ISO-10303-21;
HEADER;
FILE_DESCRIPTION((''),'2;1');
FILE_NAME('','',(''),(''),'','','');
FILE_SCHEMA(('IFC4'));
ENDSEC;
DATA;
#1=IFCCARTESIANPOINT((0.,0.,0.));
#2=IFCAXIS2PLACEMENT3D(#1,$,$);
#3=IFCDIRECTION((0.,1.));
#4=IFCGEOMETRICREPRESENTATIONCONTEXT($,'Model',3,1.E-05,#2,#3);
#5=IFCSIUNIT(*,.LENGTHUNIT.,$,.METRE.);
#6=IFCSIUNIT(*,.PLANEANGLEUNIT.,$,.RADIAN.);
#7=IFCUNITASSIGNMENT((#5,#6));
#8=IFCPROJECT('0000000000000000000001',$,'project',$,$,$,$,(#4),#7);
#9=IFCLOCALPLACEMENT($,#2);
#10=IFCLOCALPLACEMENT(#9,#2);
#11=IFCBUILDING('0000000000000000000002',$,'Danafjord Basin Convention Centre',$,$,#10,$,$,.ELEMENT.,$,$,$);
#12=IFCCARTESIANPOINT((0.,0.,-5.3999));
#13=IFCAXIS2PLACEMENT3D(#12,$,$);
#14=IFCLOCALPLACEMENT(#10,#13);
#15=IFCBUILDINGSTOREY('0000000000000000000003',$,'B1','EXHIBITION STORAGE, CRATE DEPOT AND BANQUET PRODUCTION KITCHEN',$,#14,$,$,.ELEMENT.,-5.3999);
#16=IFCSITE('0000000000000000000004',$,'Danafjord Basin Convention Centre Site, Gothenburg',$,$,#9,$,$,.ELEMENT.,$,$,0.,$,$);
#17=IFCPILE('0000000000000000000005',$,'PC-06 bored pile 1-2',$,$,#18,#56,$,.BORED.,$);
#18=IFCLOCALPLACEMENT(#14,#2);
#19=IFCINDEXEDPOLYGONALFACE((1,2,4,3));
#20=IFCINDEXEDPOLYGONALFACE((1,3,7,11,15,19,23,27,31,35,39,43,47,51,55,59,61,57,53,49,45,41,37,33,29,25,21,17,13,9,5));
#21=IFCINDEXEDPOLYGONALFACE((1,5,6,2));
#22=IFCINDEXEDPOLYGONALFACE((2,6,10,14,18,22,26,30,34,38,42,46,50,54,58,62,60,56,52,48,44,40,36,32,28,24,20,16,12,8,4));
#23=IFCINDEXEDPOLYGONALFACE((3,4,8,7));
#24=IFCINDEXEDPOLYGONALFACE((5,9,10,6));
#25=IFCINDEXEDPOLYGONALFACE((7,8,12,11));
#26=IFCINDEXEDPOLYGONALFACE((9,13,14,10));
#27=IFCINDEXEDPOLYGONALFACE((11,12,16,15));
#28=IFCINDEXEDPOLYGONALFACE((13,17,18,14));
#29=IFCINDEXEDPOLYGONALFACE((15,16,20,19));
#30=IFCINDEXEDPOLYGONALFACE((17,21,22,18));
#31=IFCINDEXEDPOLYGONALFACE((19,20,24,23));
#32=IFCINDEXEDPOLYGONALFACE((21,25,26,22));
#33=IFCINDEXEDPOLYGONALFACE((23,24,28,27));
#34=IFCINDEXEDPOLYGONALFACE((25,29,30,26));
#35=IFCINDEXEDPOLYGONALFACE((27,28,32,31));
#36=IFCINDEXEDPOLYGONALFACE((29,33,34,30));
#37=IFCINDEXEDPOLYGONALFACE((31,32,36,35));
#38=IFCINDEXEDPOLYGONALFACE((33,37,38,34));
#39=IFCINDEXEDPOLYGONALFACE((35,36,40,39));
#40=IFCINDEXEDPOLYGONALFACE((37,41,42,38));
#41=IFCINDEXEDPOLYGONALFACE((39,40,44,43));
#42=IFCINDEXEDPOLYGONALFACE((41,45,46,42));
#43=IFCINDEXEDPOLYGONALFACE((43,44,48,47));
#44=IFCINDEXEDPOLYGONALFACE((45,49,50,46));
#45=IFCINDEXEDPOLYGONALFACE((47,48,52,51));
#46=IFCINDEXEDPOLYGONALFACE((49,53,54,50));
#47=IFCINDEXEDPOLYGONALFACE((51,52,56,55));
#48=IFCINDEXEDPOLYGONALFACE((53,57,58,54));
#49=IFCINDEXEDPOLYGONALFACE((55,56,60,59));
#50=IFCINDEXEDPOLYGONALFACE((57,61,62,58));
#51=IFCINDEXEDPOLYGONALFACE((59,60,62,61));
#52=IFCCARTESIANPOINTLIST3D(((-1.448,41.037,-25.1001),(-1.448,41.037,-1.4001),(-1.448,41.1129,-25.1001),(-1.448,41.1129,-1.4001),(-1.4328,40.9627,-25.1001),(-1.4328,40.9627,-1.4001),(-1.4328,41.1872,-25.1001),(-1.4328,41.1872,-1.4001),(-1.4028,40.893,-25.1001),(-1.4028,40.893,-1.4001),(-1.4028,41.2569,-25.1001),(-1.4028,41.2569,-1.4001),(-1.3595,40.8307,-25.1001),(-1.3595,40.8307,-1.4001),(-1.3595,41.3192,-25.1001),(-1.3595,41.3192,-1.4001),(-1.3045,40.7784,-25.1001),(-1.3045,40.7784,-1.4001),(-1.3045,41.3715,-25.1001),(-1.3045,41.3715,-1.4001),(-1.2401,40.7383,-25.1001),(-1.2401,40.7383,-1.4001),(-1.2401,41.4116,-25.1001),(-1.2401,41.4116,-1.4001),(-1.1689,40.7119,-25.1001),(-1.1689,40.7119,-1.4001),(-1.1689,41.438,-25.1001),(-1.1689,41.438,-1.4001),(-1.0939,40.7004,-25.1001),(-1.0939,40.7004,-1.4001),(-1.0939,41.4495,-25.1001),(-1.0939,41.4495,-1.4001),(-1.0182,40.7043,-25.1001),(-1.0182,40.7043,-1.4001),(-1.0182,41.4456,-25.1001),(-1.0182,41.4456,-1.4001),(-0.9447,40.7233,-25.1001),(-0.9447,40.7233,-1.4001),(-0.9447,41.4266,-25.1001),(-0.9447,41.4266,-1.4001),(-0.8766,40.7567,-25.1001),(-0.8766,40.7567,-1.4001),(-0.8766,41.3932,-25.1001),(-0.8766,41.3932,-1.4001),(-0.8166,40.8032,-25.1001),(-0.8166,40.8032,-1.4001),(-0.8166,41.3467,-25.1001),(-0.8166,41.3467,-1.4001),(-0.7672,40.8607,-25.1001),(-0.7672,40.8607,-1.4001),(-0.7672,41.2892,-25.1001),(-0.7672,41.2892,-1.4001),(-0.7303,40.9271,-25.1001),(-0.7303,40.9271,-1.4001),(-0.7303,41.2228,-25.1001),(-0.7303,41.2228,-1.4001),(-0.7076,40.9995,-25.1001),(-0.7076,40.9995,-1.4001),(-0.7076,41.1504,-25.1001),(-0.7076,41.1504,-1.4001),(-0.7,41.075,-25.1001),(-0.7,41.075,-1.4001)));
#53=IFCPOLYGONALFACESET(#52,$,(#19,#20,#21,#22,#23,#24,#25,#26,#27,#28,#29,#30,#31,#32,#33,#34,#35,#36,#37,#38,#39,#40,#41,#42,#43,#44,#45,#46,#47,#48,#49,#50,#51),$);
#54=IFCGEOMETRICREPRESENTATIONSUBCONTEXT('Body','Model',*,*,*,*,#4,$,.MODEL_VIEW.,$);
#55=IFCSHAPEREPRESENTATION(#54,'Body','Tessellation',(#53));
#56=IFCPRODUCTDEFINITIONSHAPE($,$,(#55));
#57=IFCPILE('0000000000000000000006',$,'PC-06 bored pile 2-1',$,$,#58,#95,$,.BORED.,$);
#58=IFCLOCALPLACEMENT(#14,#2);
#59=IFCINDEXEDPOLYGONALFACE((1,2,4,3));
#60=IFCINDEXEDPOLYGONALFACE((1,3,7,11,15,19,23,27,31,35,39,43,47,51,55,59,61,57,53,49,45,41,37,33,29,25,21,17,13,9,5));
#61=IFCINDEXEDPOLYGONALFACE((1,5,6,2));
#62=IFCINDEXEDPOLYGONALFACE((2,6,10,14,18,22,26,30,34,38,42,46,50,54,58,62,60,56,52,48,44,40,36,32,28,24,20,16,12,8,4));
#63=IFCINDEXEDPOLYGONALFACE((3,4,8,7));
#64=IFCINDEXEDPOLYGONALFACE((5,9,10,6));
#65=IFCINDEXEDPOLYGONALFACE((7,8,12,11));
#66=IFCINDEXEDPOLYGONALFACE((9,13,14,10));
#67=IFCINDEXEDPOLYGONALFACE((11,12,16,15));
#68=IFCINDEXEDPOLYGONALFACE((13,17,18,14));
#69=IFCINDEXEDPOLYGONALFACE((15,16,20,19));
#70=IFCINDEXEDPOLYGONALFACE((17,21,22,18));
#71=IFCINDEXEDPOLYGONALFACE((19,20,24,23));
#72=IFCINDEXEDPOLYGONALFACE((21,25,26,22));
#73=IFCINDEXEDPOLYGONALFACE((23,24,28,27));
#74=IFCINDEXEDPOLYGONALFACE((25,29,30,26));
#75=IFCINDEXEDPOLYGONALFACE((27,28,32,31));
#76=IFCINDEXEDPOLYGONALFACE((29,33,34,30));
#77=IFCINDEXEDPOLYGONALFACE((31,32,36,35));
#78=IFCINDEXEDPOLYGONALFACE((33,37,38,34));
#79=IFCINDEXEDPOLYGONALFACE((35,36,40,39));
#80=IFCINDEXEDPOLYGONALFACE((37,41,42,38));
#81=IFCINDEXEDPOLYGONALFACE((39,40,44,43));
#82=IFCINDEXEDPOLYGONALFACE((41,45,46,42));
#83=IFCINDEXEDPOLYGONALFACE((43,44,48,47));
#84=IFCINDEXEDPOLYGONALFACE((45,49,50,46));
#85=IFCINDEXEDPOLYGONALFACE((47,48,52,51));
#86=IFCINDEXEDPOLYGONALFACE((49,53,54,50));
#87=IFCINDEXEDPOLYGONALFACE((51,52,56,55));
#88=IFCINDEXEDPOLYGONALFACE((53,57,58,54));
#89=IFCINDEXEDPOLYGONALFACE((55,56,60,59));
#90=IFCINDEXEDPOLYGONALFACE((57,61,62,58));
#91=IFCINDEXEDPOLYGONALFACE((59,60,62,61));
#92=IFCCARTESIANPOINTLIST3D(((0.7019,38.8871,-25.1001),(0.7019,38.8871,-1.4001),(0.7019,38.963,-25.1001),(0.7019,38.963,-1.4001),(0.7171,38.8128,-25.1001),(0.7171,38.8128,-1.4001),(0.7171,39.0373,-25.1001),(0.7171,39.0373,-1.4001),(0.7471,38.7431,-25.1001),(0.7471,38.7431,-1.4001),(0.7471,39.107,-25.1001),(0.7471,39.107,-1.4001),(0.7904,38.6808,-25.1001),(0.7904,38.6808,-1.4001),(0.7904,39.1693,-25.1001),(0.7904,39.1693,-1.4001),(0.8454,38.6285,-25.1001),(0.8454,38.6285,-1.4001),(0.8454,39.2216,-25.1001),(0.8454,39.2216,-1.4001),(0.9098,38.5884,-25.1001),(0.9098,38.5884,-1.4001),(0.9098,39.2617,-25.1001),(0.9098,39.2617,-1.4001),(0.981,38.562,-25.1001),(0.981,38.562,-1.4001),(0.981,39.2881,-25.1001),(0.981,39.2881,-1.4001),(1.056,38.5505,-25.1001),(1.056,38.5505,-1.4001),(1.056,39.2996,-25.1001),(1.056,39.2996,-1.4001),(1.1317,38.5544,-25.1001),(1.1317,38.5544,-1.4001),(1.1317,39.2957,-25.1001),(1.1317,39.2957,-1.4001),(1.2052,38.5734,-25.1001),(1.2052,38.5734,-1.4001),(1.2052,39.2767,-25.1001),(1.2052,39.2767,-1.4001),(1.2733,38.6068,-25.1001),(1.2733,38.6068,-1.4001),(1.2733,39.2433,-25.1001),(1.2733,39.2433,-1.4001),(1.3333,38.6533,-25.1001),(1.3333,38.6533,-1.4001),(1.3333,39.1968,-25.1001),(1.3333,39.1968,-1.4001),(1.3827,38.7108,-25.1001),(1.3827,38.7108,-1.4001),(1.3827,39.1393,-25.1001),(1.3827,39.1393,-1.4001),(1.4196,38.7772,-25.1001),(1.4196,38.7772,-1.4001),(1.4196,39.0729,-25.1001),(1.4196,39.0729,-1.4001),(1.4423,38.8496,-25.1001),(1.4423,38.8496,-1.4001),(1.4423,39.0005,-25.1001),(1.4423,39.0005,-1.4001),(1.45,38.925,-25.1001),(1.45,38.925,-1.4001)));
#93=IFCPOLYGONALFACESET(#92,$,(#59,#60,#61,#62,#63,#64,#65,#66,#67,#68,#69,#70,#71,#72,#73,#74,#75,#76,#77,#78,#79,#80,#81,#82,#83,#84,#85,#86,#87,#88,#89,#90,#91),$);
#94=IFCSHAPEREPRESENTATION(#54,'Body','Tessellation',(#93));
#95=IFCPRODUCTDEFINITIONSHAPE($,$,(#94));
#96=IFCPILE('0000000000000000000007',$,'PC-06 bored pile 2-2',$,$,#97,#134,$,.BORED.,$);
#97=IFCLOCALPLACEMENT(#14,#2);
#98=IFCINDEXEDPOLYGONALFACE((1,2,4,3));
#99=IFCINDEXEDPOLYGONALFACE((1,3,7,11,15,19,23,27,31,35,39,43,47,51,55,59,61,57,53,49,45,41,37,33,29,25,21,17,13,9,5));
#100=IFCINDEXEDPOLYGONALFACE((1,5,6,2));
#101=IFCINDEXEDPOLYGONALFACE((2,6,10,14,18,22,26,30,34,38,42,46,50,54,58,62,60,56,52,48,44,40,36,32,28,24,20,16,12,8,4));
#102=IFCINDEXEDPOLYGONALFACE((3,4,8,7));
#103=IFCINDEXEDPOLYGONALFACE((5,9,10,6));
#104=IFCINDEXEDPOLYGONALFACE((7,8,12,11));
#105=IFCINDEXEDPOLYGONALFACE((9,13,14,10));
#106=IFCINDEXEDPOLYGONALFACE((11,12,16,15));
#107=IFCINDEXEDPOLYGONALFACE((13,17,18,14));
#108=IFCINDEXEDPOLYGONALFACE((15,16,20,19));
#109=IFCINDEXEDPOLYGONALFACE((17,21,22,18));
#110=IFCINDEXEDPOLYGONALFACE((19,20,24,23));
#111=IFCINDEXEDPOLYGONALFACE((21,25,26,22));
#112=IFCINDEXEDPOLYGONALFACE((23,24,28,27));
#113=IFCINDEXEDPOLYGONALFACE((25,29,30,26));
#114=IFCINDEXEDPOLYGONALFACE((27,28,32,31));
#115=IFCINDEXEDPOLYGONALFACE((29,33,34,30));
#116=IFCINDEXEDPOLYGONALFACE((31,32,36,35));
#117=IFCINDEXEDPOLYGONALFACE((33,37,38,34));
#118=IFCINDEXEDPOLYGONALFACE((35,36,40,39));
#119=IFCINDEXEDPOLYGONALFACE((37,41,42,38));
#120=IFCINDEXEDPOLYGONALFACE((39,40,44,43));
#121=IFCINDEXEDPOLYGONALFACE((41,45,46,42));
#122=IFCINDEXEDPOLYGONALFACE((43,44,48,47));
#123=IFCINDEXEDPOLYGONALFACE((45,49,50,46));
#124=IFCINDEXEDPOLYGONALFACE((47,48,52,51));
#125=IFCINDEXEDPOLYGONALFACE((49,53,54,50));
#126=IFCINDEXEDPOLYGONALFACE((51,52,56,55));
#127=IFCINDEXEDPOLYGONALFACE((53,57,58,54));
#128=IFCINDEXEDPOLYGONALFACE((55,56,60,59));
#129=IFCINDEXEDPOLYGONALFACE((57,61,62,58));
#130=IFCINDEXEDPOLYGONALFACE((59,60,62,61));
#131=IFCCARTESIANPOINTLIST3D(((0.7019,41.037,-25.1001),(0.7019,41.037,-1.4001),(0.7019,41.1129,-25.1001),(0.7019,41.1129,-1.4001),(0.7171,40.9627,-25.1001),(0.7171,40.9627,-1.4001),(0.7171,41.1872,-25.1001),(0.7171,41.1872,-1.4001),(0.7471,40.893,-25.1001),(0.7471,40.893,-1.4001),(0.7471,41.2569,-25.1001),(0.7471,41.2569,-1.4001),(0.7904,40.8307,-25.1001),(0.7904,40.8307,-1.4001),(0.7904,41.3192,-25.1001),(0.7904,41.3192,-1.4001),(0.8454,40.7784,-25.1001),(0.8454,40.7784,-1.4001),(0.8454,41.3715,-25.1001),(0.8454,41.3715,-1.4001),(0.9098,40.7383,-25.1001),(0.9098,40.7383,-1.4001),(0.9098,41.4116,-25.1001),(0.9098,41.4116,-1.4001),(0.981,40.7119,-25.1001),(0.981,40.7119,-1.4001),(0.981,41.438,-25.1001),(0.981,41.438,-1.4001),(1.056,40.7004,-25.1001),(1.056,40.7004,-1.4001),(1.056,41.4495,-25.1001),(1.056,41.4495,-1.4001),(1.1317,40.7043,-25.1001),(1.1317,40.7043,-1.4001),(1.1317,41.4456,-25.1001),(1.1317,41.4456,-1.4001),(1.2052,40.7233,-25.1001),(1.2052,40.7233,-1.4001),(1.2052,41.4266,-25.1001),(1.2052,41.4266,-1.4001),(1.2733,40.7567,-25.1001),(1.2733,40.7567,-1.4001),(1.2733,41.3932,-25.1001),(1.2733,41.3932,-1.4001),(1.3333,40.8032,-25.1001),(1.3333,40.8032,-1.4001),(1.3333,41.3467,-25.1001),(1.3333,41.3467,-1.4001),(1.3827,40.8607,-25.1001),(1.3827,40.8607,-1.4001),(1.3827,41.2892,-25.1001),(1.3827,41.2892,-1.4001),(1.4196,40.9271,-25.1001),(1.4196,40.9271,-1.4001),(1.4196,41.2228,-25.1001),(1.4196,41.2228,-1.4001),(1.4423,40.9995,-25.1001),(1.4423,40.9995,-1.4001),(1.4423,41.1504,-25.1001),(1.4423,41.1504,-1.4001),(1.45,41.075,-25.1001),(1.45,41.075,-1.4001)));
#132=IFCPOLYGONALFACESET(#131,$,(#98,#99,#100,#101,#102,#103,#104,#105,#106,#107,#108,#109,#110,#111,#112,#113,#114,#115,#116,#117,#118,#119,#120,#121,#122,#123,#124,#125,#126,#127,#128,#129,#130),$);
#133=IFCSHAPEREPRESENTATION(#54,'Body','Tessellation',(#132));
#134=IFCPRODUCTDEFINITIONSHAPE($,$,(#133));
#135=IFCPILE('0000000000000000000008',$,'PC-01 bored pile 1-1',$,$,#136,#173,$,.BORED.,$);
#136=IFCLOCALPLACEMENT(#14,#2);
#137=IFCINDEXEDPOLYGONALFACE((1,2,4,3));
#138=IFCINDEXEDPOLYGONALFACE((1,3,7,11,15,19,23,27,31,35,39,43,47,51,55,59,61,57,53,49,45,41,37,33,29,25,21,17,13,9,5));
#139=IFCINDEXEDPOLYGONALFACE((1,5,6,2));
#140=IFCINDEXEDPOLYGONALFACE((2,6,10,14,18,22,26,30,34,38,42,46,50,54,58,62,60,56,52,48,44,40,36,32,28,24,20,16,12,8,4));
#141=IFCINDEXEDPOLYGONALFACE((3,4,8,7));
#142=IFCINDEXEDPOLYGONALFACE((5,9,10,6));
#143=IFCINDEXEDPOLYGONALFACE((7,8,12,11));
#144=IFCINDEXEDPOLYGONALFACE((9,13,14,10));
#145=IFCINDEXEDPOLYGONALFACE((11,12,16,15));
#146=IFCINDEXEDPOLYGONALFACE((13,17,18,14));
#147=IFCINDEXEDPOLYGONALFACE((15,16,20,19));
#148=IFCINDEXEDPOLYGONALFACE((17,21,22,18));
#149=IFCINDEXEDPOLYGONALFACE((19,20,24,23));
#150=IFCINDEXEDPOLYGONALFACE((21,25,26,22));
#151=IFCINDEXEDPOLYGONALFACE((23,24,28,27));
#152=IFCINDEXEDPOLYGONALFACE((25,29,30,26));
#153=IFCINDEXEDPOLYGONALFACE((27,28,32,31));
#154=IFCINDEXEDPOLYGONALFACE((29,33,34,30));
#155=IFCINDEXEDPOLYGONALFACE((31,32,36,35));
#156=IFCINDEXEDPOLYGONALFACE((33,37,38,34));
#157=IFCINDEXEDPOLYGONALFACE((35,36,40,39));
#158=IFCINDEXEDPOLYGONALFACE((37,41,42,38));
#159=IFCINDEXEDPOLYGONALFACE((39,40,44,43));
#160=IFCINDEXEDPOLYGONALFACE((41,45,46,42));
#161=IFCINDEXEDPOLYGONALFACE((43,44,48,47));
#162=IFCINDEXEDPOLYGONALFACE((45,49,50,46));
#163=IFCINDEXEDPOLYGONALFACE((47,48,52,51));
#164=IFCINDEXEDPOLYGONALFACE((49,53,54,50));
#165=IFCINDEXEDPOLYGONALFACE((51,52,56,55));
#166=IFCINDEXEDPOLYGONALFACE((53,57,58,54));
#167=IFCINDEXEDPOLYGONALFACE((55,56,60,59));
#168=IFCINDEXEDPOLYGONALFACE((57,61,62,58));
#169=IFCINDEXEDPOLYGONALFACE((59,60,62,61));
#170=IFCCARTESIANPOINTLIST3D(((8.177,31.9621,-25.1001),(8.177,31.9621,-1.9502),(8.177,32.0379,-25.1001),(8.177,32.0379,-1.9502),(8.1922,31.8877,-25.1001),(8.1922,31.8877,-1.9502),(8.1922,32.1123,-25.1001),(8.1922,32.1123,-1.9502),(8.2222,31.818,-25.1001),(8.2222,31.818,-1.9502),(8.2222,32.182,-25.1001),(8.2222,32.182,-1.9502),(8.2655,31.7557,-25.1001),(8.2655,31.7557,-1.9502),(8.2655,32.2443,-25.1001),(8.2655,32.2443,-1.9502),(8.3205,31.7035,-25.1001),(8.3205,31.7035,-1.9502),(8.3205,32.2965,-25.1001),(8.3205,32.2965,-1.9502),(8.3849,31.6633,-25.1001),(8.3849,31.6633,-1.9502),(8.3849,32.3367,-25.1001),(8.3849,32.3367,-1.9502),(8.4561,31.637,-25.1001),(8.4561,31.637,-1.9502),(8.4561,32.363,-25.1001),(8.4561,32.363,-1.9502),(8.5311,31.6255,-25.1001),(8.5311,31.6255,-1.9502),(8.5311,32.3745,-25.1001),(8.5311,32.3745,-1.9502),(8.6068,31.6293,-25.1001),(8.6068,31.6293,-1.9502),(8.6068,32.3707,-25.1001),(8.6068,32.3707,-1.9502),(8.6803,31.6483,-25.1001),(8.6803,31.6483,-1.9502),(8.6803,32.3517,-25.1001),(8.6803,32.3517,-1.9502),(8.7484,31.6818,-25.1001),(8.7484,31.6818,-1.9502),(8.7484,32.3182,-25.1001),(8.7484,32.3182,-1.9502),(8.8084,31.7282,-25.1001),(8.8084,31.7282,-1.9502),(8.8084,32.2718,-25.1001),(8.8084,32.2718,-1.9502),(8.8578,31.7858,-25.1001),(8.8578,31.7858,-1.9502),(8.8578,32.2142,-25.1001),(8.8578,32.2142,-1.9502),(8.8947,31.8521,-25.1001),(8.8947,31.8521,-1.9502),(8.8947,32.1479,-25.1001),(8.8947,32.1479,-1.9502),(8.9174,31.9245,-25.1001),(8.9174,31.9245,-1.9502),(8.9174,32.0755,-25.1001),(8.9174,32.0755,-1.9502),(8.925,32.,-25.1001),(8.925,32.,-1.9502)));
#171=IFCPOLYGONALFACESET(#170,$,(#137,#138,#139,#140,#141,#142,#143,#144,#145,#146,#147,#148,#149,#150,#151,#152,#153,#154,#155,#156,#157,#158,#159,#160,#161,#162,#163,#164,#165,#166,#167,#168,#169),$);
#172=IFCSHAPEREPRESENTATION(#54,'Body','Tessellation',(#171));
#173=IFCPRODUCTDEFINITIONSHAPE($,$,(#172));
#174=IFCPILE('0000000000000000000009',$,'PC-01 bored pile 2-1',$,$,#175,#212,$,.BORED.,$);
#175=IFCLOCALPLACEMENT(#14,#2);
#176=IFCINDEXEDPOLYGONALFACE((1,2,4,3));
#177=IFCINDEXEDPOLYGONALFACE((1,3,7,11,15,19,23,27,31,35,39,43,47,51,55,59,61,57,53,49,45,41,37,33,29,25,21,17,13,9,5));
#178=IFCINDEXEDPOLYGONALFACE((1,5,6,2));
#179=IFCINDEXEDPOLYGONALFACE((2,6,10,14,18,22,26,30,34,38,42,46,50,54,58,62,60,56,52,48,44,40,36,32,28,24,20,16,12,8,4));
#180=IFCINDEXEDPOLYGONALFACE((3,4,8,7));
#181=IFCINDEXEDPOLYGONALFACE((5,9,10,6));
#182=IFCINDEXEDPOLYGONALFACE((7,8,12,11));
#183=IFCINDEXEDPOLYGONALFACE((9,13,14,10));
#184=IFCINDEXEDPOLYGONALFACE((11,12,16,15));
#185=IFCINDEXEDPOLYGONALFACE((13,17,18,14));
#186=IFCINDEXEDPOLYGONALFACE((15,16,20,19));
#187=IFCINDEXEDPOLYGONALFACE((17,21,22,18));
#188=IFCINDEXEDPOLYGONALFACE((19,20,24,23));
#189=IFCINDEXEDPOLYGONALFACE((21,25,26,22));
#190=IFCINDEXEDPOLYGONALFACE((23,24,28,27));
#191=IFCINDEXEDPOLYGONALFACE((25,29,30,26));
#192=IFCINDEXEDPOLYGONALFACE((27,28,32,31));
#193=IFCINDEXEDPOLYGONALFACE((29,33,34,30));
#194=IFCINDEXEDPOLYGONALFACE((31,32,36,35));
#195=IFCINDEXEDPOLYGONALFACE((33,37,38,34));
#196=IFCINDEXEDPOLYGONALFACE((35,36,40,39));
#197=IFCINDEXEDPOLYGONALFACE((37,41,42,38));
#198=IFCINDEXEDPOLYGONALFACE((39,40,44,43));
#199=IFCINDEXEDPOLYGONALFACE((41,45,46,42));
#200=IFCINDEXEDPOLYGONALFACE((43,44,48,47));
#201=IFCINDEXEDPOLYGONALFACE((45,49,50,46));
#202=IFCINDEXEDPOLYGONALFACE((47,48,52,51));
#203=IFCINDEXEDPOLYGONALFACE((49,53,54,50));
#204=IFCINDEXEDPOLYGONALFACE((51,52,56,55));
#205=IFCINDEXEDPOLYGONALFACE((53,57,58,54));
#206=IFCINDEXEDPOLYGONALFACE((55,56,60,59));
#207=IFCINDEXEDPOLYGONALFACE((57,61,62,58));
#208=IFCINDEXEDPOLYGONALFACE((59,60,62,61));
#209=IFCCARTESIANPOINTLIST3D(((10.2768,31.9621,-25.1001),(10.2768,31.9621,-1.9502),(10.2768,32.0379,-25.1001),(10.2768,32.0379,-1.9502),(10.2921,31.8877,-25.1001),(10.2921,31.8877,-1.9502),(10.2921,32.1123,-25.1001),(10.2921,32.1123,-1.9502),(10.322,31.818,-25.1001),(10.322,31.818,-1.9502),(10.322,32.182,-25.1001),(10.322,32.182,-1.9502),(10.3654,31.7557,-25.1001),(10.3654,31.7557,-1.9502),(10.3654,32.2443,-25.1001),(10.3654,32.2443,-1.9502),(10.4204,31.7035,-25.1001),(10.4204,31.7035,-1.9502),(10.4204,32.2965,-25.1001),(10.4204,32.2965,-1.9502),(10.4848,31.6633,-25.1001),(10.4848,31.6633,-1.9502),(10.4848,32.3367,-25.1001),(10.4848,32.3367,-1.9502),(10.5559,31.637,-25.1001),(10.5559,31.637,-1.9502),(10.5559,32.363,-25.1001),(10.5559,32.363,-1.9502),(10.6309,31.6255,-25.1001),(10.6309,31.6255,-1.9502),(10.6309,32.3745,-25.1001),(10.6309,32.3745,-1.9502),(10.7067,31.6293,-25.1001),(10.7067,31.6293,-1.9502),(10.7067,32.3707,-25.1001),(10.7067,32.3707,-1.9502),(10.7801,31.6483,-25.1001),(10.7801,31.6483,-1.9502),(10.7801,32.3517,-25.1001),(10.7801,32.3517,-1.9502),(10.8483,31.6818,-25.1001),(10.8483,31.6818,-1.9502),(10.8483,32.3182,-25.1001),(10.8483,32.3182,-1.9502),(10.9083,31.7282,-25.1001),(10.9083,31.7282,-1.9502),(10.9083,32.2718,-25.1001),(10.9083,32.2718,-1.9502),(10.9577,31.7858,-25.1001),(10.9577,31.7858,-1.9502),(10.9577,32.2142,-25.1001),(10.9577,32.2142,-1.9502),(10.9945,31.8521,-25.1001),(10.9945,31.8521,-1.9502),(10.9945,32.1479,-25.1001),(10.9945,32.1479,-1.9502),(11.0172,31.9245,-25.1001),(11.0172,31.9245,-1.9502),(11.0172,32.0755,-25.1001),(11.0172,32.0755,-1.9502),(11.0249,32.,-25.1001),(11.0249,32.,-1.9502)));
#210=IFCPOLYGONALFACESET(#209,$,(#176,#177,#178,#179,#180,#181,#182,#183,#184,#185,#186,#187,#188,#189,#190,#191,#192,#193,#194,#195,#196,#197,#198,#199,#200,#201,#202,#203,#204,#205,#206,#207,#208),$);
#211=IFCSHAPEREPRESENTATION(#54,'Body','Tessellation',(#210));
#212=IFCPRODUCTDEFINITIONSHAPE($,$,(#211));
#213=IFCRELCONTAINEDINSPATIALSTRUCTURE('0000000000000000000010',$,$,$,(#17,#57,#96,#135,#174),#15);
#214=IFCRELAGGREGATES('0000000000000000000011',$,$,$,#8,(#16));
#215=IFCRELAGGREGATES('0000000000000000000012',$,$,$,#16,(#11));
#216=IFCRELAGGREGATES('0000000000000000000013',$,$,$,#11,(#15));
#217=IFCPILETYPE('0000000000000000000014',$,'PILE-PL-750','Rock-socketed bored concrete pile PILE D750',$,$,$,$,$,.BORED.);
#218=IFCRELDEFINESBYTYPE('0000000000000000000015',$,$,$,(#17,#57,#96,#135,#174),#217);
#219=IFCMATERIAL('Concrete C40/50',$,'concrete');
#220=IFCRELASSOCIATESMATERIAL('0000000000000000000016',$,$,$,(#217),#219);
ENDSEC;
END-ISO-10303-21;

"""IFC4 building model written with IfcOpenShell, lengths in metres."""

from ifc_helpers import new_model, si_unit, direction, frame, origin, origin_2d, place, context, subcontext, project, spatial, circle, extrude, material, material_profile, profile_set, type_object, element, save


model = new_model("IFC4")

# Units and contexts
model_context = context("Model", 3, precision=1e-05, world=origin(), true_north=direction((0.0, 1.0)))
body_context = subcontext(model_context, "Body", "Model", "MODEL_VIEW")
ifc_project = project(units=[si_unit("LENGTHUNIT", "METRE"), si_unit("PLANEANGLEUNIT", "RADIAN")], contexts=[model_context])

# Site, building, storey
site_placement = place(None, origin())
site = spatial("IfcSite", under=ifc_project, at=site_placement, Name="Danafjord Basin Convention Centre Site, Gothenburg", CompositionType="ELEMENT", RefElevation=0.0)
building_placement = place(site_placement, origin())
building = spatial("IfcBuilding", under=site, at=building_placement, Name="Danafjord Basin Convention Centre", CompositionType="ELEMENT")
storey_placement = place(building_placement, frame((0.0, 0.0, -5.3999)))
storey = spatial("IfcBuildingStorey", under=building, at=storey_placement, Name="B1", Description="EXHIBITION STORAGE, CRATE DEPOT AND BANQUET PRODUCTION KITCHEN", CompositionType="ELEMENT", Elevation=-5.3999)

# Shared definitions
ifc_material_1 = material(Name="Concrete C40/50", Category="concrete")

# Piles
ifc_material_profile_1 = material_profile(ifc_material_1, circle(Radius=0.375, at=origin_2d()), Name="PILE D750")
ifc_profile_set_1 = profile_set([ifc_material_profile_1], Name="Concrete C40/50")
pile_type_1 = type_object("IfcPileType", Name="PILE-PL-750", Description="Rock-socketed bored concrete pile PILE D750", PredefinedType="BORED", material=ifc_profile_set_1)
for number, where, z_axis, x_axis, name in (
    (1, (-1.075, 41.075, -1.4001), (0.0, 0.0, -1.0), (1.0, 0.0, 0.0), "PC-06 bored pile 1-2"),
    (2, (1.075, 38.925, -1.4001), (0.0, 0.0, -1.0), (1.0, 0.0, 0.0), "PC-06 bored pile 2-1"),
    (3, (1.075, 41.075, -1.4001), (0.0, 0.0, -1.0), (1.0, 0.0, 0.0), "PC-06 bored pile 2-2"),
):
    element("IfcPile", number, at=place(storey_placement, frame(where, z_axis=z_axis, x_axis=x_axis)), inside=storey, type_object=pile_type_1, Name=name, PredefinedType="BORED", context=body_context, shape_type="SweptSolid", body=[
        extrude(circle(Radius=0.375, at=origin_2d()), origin(), (0.0, 0.0, 1.0), 23.7),
    ])
for number, where, z_axis, x_axis, name in (
    (4, (8.55, 32.0, -1.9502), (0.0, 0.0, -1.0), (1.0, 0.0, 0.0), "PC-01 bored pile 1-1"),
    (5, (10.6499, 32.0, -1.9502), (0.0, 0.0, -1.0), (1.0, 0.0, 0.0), "PC-01 bored pile 2-1"),
):
    element("IfcPile", number, at=place(storey_placement, frame(where, z_axis=z_axis, x_axis=x_axis)), inside=storey, type_object=pile_type_1, Name=name, PredefinedType="BORED", context=body_context, shape_type="SweptSolid", body=[
        extrude(circle(Radius=0.375, at=origin_2d()), origin(), (0.0, 0.0, 1.0), 23.1499),
    ])

save(model, "model.ifc")
